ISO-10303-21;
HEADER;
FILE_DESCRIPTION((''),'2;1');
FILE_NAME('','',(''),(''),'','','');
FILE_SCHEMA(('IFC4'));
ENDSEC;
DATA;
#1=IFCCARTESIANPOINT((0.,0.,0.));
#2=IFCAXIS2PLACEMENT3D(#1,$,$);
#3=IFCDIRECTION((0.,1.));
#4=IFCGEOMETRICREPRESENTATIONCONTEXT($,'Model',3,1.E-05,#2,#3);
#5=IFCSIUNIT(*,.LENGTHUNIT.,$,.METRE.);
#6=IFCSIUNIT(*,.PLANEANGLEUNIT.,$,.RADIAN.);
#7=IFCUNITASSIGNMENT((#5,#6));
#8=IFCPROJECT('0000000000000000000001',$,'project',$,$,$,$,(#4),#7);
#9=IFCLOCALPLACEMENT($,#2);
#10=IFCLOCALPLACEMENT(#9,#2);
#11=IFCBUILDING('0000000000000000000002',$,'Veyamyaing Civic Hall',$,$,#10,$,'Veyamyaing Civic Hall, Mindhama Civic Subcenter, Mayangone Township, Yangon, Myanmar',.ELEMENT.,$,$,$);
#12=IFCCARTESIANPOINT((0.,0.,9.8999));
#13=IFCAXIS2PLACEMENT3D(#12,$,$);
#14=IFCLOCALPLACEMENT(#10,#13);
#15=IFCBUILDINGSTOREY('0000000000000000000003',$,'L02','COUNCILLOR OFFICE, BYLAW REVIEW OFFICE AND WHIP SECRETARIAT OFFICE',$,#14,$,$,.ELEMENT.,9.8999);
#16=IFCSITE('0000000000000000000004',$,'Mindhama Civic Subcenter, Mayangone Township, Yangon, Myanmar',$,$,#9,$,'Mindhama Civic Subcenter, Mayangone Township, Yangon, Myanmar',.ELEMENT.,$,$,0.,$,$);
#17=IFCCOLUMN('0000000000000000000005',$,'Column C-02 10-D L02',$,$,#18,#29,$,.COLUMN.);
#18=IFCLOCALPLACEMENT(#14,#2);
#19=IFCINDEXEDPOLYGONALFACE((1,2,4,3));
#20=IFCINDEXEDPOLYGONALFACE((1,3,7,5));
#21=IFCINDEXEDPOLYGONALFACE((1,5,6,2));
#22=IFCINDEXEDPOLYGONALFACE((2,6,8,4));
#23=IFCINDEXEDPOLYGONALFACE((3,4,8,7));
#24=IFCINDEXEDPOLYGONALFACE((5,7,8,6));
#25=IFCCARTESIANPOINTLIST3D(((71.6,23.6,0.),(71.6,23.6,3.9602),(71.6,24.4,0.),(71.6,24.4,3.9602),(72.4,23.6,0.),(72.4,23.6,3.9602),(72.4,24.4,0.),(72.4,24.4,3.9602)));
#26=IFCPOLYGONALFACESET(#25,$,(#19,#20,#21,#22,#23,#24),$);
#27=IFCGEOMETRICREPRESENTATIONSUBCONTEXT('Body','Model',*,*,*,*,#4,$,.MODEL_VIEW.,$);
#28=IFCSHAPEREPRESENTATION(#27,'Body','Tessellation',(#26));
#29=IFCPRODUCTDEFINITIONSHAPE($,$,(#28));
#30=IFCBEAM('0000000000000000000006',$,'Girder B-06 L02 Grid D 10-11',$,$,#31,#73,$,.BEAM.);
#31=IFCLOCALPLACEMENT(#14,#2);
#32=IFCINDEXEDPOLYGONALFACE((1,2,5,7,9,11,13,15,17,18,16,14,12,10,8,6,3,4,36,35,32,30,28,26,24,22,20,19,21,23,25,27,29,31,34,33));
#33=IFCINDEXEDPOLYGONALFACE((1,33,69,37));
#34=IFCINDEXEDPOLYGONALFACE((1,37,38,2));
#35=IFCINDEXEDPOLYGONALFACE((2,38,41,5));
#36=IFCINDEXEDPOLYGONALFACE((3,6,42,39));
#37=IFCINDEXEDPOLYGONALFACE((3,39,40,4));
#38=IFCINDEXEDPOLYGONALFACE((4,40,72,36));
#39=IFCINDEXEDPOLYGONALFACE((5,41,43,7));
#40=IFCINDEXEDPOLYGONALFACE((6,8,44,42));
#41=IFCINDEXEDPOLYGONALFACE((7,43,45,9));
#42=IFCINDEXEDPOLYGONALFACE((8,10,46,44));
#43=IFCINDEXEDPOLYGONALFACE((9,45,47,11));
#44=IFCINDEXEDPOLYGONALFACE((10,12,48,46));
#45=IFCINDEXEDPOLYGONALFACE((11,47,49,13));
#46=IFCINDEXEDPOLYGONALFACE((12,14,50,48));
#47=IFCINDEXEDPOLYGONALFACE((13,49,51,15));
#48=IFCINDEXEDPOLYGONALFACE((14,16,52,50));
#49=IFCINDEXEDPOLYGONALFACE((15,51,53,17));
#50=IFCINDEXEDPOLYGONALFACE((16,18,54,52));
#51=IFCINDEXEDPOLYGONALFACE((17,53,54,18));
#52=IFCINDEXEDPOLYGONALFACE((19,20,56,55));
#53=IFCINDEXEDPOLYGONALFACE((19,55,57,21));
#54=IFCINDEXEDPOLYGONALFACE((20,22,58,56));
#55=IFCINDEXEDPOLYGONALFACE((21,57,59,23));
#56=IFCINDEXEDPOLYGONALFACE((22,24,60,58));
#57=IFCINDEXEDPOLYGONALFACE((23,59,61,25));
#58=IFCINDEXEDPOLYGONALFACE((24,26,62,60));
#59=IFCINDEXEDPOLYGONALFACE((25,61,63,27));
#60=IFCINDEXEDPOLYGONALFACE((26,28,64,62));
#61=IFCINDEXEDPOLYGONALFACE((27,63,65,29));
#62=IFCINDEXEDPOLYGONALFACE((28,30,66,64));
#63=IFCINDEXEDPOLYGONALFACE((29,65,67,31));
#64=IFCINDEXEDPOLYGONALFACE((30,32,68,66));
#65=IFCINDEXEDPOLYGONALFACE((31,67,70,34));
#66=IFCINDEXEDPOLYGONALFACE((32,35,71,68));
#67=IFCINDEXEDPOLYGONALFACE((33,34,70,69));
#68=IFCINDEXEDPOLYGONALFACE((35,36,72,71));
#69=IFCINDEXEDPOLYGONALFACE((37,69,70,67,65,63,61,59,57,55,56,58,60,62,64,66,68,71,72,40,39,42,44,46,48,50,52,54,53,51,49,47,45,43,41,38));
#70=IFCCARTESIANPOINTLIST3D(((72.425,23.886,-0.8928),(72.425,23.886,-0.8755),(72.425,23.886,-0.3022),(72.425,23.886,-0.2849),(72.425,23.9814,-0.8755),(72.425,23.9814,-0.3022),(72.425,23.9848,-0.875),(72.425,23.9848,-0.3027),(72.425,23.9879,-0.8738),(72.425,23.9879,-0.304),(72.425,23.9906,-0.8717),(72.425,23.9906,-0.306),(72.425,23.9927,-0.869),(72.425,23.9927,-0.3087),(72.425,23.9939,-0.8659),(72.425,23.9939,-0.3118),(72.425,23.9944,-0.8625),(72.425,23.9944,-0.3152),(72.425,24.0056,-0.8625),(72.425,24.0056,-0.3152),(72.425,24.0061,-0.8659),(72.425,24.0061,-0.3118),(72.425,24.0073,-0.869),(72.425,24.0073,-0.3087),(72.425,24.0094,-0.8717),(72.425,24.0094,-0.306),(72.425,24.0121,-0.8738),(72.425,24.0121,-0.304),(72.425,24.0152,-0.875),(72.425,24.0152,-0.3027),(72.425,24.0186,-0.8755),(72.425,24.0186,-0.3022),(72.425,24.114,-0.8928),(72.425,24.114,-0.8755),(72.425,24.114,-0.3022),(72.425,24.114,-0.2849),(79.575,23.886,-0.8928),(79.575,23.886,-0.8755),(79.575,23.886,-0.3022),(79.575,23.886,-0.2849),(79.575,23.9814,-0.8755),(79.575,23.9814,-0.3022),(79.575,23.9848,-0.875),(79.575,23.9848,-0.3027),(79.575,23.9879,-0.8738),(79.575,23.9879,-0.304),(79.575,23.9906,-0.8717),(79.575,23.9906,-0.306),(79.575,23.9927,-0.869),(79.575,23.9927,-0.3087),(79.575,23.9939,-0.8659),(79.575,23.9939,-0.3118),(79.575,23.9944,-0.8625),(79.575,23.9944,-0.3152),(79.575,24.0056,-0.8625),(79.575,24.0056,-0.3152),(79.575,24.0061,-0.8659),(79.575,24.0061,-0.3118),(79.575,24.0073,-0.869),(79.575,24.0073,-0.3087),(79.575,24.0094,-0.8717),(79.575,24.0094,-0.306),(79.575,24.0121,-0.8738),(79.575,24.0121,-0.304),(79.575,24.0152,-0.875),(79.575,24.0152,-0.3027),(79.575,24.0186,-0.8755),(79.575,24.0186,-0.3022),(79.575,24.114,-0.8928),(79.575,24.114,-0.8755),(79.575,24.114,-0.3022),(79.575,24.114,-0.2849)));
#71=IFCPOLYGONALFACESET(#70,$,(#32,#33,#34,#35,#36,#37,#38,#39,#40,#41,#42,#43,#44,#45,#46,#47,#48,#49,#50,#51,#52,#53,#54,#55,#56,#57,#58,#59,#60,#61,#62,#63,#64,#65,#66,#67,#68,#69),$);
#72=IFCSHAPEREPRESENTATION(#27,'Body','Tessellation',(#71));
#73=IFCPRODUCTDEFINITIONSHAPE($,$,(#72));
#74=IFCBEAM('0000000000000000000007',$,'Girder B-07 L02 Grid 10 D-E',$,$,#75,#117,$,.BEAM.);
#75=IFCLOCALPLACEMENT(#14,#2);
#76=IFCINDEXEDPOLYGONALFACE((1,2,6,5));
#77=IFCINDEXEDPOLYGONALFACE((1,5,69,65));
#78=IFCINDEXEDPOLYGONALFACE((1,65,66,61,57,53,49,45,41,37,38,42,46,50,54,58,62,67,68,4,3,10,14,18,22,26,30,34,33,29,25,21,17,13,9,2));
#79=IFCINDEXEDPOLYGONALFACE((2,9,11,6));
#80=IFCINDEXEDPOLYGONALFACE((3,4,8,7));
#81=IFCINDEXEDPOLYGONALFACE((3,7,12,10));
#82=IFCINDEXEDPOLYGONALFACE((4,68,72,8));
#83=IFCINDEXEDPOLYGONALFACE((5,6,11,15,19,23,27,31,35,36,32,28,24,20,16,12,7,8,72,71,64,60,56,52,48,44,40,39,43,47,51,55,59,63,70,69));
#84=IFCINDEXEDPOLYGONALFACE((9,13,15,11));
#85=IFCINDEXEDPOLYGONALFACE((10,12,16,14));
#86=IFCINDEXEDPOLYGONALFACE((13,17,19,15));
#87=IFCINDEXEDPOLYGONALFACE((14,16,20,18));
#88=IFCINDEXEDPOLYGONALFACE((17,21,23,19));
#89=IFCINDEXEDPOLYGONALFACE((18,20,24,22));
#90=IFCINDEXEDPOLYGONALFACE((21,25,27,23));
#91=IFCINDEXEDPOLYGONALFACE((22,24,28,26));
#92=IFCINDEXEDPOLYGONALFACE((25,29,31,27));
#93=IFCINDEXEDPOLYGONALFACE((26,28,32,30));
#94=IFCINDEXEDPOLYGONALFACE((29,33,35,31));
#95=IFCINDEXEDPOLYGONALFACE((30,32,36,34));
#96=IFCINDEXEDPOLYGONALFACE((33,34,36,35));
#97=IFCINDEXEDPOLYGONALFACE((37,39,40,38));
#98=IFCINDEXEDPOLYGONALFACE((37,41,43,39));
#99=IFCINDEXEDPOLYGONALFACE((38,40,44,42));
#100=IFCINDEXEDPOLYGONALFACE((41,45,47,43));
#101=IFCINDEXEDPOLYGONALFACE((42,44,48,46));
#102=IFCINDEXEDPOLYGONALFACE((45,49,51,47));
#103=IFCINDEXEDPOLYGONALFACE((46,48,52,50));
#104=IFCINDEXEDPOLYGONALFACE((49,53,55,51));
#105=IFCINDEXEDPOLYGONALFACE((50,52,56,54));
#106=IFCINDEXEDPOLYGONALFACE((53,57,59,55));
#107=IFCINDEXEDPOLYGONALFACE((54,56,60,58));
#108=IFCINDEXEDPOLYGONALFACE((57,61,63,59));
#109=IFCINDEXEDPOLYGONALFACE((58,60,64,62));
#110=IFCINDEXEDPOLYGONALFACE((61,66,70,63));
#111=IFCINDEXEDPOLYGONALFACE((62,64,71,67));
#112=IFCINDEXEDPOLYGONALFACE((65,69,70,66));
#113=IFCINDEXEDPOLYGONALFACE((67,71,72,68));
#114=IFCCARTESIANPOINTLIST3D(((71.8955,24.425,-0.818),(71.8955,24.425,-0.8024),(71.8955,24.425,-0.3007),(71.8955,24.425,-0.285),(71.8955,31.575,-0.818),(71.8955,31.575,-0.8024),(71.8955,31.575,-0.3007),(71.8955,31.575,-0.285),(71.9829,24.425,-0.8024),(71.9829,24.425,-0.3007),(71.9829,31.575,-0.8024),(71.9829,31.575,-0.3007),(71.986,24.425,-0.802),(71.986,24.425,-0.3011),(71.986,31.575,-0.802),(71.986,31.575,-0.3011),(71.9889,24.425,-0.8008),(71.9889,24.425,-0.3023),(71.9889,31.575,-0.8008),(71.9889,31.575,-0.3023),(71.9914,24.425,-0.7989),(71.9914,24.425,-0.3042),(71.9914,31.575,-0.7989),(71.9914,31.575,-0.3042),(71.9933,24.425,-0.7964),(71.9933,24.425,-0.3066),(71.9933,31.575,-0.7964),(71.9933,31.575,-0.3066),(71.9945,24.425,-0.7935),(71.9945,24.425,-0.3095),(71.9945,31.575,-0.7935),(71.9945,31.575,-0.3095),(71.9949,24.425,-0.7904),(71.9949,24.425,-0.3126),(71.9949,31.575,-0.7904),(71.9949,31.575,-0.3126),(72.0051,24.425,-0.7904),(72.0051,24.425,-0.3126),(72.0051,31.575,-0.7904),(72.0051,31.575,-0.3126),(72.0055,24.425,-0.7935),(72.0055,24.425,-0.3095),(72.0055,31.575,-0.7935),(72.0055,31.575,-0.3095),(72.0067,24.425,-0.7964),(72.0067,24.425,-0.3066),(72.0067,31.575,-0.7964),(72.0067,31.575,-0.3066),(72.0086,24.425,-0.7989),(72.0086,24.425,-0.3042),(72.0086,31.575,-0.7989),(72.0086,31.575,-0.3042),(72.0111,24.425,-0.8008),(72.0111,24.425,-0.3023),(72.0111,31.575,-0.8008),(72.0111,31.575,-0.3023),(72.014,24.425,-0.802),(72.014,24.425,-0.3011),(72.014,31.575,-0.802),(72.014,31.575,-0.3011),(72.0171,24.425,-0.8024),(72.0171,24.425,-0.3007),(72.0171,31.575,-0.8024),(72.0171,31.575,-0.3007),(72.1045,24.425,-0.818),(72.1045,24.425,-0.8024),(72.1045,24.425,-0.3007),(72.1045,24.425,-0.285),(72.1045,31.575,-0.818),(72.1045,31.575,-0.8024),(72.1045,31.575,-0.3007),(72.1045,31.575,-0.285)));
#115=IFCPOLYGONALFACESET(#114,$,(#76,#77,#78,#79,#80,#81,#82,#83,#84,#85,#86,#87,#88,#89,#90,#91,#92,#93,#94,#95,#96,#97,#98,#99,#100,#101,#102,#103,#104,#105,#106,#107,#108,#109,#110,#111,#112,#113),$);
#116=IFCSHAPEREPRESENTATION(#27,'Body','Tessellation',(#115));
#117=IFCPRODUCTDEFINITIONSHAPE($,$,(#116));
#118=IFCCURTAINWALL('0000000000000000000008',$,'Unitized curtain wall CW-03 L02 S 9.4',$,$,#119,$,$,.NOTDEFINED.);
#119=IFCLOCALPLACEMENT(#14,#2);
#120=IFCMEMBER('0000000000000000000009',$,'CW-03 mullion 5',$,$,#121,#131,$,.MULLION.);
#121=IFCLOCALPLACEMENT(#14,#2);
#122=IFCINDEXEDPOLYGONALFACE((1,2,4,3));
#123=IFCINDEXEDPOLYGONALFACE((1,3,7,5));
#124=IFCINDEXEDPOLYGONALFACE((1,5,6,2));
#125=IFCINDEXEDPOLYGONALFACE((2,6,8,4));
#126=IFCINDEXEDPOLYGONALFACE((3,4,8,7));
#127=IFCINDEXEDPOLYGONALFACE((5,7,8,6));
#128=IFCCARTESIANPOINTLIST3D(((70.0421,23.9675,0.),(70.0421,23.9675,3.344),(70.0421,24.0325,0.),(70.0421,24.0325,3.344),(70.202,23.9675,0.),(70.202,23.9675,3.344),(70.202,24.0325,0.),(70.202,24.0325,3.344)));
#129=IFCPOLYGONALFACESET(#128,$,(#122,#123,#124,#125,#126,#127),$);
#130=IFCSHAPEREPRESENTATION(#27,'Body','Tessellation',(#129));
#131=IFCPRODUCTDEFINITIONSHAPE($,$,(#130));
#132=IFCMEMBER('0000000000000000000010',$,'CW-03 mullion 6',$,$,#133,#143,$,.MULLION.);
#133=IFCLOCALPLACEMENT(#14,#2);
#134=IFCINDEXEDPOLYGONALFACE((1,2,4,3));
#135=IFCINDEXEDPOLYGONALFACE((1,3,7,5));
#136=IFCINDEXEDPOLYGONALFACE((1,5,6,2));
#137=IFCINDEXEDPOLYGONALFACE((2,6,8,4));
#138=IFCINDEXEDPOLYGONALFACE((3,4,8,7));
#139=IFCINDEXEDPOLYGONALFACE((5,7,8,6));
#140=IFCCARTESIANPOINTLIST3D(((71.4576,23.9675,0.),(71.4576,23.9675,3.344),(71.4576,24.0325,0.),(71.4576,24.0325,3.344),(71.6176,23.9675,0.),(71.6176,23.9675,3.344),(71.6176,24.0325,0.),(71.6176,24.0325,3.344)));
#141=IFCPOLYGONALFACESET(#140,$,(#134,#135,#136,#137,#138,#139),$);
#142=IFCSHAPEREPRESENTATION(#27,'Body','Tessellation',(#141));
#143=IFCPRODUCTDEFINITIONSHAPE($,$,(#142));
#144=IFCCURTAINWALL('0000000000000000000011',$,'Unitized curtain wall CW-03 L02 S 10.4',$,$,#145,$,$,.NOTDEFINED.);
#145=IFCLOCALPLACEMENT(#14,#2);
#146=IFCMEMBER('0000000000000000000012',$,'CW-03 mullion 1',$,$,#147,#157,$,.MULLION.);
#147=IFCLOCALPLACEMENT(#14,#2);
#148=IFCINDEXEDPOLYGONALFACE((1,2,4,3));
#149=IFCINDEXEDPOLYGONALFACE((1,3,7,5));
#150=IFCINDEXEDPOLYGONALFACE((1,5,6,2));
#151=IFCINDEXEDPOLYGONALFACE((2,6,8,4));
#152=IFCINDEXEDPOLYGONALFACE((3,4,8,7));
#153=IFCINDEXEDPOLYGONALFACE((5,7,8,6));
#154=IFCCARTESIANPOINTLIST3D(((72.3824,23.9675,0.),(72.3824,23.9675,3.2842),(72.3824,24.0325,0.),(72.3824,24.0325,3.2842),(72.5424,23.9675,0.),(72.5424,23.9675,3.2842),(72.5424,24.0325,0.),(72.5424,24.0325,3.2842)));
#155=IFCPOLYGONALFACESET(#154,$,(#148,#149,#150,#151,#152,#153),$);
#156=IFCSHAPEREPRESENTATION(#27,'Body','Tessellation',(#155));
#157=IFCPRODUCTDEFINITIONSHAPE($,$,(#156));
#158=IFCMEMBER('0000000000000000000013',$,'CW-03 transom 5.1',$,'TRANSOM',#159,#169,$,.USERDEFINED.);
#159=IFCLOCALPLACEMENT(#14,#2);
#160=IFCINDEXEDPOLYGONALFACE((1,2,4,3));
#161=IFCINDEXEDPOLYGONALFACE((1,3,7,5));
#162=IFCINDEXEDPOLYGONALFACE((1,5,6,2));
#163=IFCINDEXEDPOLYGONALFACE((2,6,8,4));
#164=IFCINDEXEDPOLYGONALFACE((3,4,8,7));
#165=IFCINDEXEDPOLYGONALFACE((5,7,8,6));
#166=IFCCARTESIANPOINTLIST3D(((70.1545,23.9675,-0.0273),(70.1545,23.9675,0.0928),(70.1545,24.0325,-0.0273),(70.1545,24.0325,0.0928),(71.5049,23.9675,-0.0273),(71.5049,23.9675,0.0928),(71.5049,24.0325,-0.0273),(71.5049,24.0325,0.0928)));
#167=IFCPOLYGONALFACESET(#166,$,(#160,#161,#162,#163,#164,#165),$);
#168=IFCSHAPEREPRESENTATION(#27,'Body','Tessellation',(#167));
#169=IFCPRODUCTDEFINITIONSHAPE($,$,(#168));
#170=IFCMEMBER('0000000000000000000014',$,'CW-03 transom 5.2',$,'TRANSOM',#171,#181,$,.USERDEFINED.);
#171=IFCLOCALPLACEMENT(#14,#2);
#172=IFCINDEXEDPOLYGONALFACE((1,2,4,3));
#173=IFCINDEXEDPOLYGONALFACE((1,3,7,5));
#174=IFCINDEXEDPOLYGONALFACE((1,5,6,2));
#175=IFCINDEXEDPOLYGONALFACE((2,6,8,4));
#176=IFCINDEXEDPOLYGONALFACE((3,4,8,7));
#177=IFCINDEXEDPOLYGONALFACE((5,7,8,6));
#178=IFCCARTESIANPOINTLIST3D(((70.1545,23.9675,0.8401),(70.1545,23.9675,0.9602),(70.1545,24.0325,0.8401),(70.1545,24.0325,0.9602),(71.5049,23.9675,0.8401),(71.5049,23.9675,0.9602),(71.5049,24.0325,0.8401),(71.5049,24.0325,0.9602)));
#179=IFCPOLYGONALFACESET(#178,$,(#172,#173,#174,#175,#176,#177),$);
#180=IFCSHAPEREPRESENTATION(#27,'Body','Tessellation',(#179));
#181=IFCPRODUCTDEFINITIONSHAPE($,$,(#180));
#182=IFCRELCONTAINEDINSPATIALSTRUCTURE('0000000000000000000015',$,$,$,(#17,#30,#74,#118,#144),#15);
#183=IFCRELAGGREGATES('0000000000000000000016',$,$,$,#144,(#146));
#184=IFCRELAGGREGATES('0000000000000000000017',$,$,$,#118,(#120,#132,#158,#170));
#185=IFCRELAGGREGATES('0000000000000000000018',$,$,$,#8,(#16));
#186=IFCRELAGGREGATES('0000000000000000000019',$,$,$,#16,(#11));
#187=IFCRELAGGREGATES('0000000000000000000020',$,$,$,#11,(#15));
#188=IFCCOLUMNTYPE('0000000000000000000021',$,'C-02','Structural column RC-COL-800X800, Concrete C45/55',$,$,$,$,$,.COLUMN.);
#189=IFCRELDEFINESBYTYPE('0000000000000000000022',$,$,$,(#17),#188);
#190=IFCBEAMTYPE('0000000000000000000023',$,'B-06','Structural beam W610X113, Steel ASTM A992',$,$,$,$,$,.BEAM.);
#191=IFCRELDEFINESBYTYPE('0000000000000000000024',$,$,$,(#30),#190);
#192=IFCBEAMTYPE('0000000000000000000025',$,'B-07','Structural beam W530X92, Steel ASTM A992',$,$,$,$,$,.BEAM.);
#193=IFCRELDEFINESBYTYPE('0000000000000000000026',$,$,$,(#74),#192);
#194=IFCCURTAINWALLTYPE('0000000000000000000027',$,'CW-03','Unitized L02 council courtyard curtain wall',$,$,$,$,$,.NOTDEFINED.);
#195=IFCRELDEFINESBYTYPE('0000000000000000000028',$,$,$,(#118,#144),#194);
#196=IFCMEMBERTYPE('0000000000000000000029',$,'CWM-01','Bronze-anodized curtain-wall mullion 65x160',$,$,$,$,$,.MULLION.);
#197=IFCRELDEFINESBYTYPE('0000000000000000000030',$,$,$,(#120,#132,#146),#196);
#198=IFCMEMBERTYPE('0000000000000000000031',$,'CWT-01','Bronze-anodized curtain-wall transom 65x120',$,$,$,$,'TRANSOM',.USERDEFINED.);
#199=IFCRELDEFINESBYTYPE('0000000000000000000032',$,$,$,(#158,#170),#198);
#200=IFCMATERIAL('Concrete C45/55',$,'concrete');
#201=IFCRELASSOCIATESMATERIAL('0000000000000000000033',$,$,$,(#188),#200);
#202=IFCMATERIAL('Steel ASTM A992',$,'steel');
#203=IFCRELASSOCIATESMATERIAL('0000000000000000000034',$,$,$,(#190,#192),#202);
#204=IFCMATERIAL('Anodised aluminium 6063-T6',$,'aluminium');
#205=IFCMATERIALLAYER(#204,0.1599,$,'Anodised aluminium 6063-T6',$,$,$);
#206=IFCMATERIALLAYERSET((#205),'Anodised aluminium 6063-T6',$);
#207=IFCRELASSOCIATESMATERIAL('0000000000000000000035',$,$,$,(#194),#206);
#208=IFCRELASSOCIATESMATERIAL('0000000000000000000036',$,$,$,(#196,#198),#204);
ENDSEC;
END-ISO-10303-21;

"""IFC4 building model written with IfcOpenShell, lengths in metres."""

from ifc_helpers import new_model, si_unit, direction, frame, origin, origin_2d, place, context, subcontext, project, spatial, rectangle, i_section, extrude, material, layer, layer_set, material_profile, profile_set, type_object, element, aggregate, save


model = new_model("IFC4")

# Units and contexts
model_context = context("Model", 3, precision=1e-05, world=origin(), true_north=direction((0.0, 1.0)))
body_context = subcontext(model_context, "Body", "Model", "MODEL_VIEW")
ifc_project = project(units=[si_unit("LENGTHUNIT", "METRE"), si_unit("PLANEANGLEUNIT", "RADIAN")], contexts=[model_context])

# Site, building, storey
site_placement = place(None, origin())
site = spatial("IfcSite", under=ifc_project, at=site_placement, Name="Mindhama Civic Subcenter, Mayangone Township, Yangon, Myanmar", LongName="Mindhama Civic Subcenter, Mayangone Township, Yangon, Myanmar", CompositionType="ELEMENT", RefElevation=0.0)
building_placement = place(site_placement, origin())
building = spatial("IfcBuilding", under=site, at=building_placement, Name="Veyamyaing Civic Hall", LongName="Veyamyaing Civic Hall, Mindhama Civic Subcenter, Mayangone Township, Yangon, Myanmar", CompositionType="ELEMENT")
storey_placement = place(building_placement, frame((0.0, 0.0, 9.8999)))
storey = spatial("IfcBuildingStorey", under=building, at=storey_placement, Name="L02", Description="COUNCILLOR OFFICE, BYLAW REVIEW OFFICE AND WHIP SECRETARIAT OFFICE", CompositionType="ELEMENT", Elevation=9.8999)

# Column
ifc_material_1 = material(Name="Concrete C45/55", Category="concrete")
ifc_material_profile_1 = material_profile(ifc_material_1, rectangle(XDim=0.8, YDim=0.8, at=origin_2d()), Name="RC-COL-800X800")
ifc_profile_set_1 = profile_set([ifc_material_profile_1], Name="Concrete C45/55")
column_type = type_object("IfcColumnType", Name="C-02", Description="Structural column RC-COL-800X800, Concrete C45/55", PredefinedType="COLUMN", material=ifc_profile_set_1)
column_placement = place(storey_placement, frame((72.0, 24.0, 0.0), z_axis=(0.0, 0.0, 1.0), x_axis=(1.0, 0.0, 0.0)))
element("IfcColumn", 1, at=column_placement, inside=storey, type_object=column_type, Name="Column C-02 10-D L02", PredefinedType="COLUMN", context=body_context, shape_type="SweptSolid", body=[
    extrude(rectangle(XDim=0.8, YDim=0.8, at=origin_2d()), origin(), (0.0, 0.0, 1.0), 3.9602),
])

# Beams
ifc_material_2 = material(Name="Steel ASTM A992", Category="steel")
ifc_material_profile_2 = material_profile(ifc_material_2, i_section(OverallWidth=0.228, OverallDepth=0.6079, WebThickness=0.0112, FlangeThickness=0.0173, FilletRadius=0.0129, at=origin_2d()), Name="W610X113")
ifc_profile_set_2 = profile_set([ifc_material_profile_2], Name="Steel ASTM A992")
beam_type_1 = type_object("IfcBeamType", Name="B-06", Description="Structural beam W610X113, Steel ASTM A992", PredefinedType="BEAM", material=ifc_profile_set_2)
beam_1_placement = place(storey_placement, frame((72.425, 24.0, -0.5889), z_axis=(1.0, 0.0, 0.0), x_axis=(0.0, 1.0, 0.0)))
element("IfcBeam", 2, at=beam_1_placement, inside=storey, type_object=beam_type_1, Name="Girder B-06 L02 Grid D 10-11", PredefinedType="BEAM", context=body_context, shape_type="SweptSolid", body=[
    extrude(i_section(OverallWidth=0.228, OverallDepth=0.6079, WebThickness=0.0112, FlangeThickness=0.0173, FilletRadius=0.0129, at=origin_2d()), origin(), (0.0, 0.0, 1.0), 7.1499),
])
ifc_material_profile_3 = material_profile(ifc_material_2, i_section(OverallWidth=0.209, OverallDepth=0.533, WebThickness=0.0103, FlangeThickness=0.0156, FilletRadius=0.012, at=origin_2d()), Name="W530X92")
ifc_profile_set_3 = profile_set([ifc_material_profile_3], Name="Steel ASTM A992")
beam_type_2 = type_object("IfcBeamType", Name="B-07", Description="Structural beam W530X92, Steel ASTM A992", PredefinedType="BEAM", material=ifc_profile_set_3)
beam_2_placement = place(storey_placement, frame((72.0, 24.425, -0.5515), z_axis=(0.0, 1.0, 0.0), x_axis=(-1.0, 0.0, 0.0)))
element("IfcBeam", 3, at=beam_2_placement, inside=storey, type_object=beam_type_2, Name="Girder B-07 L02 Grid 10 D-E", PredefinedType="BEAM", context=body_context, shape_type="SweptSolid", body=[
    extrude(i_section(OverallWidth=0.209, OverallDepth=0.533, WebThickness=0.0103, FlangeThickness=0.0156, FilletRadius=0.012, at=origin_2d()), origin(), (0.0, 0.0, 1.0), 7.1499),
])

# Curtain wall, members
ifc_material_3 = material(Name="Anodised aluminium 6063-T6", Category="aluminium")
ifc_layer_1 = layer(ifc_material_3, 0.1599, Name="Anodised aluminium 6063-T6")
ifc_layer_set_1 = layer_set([ifc_layer_1], Name="Anodised aluminium 6063-T6")
curtain_wall_type = type_object("IfcCurtainWallType", Name="CW-03", Description="Unitized L02 council courtyard curtain wall", PredefinedType="NOTDEFINED", material=ifc_layer_set_1)
curtain_wall_1_placement = place(storey_placement, origin())
curtain_wall_1 = element("IfcCurtainWall", 4, at=curtain_wall_1_placement, inside=storey, type_object=curtain_wall_type, Name="Unitized curtain wall CW-03 L02 S 9.4", PredefinedType="NOTDEFINED")
ifc_material_profile_4 = material_profile(ifc_material_3, rectangle(XDim=0.0649, YDim=0.1599, at=origin_2d()), Name="ALU-MUL-65X160")
ifc_profile_set_4 = profile_set([ifc_material_profile_4], Name="Anodised aluminium 6063-T6")
member_type_1 = type_object("IfcMemberType", Name="CWM-01", Description="Bronze-anodized curtain-wall mullion 65x160", PredefinedType="MULLION", material=ifc_profile_set_4)
member_1_placement = place(storey_placement, frame((70.1221, 24.0, 0.0), z_axis=(0.0, 0.0, 1.0), x_axis=(0.0, 1.0, 0.0)))
member_1 = element("IfcMember", 5, at=member_1_placement, type_object=member_type_1, Name="CW-03 mullion 5", PredefinedType="MULLION", context=body_context, shape_type="SweptSolid", body=[
    extrude(rectangle(XDim=0.0649, YDim=0.1599, at=origin_2d()), origin(), (0.0, 0.0, 1.0), 3.344),
])
member_2_placement = place(storey_placement, frame((71.5376, 24.0, 0.0), z_axis=(0.0, 0.0, 1.0), x_axis=(0.0, 1.0, 0.0)))
member_2 = element("IfcMember", 6, at=member_2_placement, type_object=member_type_1, Name="CW-03 mullion 6", PredefinedType="MULLION", context=body_context, shape_type="SweptSolid", body=[
    extrude(rectangle(XDim=0.0649, YDim=0.1599, at=origin_2d()), origin(), (0.0, 0.0, 1.0), 3.344),
])

# Curtain wall, member
curtain_wall_2_placement = place(storey_placement, origin())
curtain_wall_2 = element("IfcCurtainWall", 7, at=curtain_wall_2_placement, inside=storey, type_object=curtain_wall_type, Name="Unitized curtain wall CW-03 L02 S 10.4", PredefinedType="NOTDEFINED")
member_3_placement = place(storey_placement, frame((72.4624, 24.0, 0.0), z_axis=(0.0, 0.0, 1.0), x_axis=(0.0, 1.0, 0.0)))
member_3 = element("IfcMember", 8, at=member_3_placement, type_object=member_type_1, Name="CW-03 mullion 1", PredefinedType="MULLION", context=body_context, shape_type="SweptSolid", body=[
    extrude(rectangle(XDim=0.0649, YDim=0.1599, at=origin_2d()), origin(), (0.0, 0.0, 1.0), 3.2842),
])

# Members
ifc_material_profile_5 = material_profile(ifc_material_3, rectangle(XDim=0.0649, YDim=0.1201, at=origin_2d()), Name="ALU-TRN-65X120")
ifc_profile_set_5 = profile_set([ifc_material_profile_5], Name="Anodised aluminium 6063-T6")
member_type_2 = type_object("IfcMemberType", Name="CWT-01", Description="Bronze-anodized curtain-wall transom 65x120", ElementType="TRANSOM", PredefinedType="USERDEFINED", material=ifc_profile_set_5)
member_4_placement = place(storey_placement, frame((70.1545, 24.0, 0.0327), z_axis=(1.0, 0.0, 0.0), x_axis=(0.0, 1.0, 0.0)))
member_4 = element("IfcMember", 9, at=member_4_placement, type_object=member_type_2, Name="CW-03 transom 5.1", ObjectType="TRANSOM", PredefinedType="USERDEFINED", context=body_context, shape_type="SweptSolid", body=[
    extrude(rectangle(XDim=0.0649, YDim=0.1201, at=origin_2d()), origin(), (0.0, 0.0, 1.0), 1.3503),
])
member_5_placement = place(storey_placement, frame((70.1545, 24.0, 0.9001), z_axis=(1.0, 0.0, 0.0), x_axis=(0.0, 1.0, 0.0)))
member_5 = element("IfcMember", 10, at=member_5_placement, type_object=member_type_2, Name="CW-03 transom 5.2", ObjectType="TRANSOM", PredefinedType="USERDEFINED", context=body_context, shape_type="SweptSolid", body=[
    extrude(rectangle(XDim=0.0649, YDim=0.1201, at=origin_2d()), origin(), (0.0, 0.0, 1.0), 1.3503),
])
aggregate(curtain_wall_2, [member_3])

aggregate(curtain_wall_1, [member_1, member_2, member_4, member_5])

save(model, "model.ifc")
